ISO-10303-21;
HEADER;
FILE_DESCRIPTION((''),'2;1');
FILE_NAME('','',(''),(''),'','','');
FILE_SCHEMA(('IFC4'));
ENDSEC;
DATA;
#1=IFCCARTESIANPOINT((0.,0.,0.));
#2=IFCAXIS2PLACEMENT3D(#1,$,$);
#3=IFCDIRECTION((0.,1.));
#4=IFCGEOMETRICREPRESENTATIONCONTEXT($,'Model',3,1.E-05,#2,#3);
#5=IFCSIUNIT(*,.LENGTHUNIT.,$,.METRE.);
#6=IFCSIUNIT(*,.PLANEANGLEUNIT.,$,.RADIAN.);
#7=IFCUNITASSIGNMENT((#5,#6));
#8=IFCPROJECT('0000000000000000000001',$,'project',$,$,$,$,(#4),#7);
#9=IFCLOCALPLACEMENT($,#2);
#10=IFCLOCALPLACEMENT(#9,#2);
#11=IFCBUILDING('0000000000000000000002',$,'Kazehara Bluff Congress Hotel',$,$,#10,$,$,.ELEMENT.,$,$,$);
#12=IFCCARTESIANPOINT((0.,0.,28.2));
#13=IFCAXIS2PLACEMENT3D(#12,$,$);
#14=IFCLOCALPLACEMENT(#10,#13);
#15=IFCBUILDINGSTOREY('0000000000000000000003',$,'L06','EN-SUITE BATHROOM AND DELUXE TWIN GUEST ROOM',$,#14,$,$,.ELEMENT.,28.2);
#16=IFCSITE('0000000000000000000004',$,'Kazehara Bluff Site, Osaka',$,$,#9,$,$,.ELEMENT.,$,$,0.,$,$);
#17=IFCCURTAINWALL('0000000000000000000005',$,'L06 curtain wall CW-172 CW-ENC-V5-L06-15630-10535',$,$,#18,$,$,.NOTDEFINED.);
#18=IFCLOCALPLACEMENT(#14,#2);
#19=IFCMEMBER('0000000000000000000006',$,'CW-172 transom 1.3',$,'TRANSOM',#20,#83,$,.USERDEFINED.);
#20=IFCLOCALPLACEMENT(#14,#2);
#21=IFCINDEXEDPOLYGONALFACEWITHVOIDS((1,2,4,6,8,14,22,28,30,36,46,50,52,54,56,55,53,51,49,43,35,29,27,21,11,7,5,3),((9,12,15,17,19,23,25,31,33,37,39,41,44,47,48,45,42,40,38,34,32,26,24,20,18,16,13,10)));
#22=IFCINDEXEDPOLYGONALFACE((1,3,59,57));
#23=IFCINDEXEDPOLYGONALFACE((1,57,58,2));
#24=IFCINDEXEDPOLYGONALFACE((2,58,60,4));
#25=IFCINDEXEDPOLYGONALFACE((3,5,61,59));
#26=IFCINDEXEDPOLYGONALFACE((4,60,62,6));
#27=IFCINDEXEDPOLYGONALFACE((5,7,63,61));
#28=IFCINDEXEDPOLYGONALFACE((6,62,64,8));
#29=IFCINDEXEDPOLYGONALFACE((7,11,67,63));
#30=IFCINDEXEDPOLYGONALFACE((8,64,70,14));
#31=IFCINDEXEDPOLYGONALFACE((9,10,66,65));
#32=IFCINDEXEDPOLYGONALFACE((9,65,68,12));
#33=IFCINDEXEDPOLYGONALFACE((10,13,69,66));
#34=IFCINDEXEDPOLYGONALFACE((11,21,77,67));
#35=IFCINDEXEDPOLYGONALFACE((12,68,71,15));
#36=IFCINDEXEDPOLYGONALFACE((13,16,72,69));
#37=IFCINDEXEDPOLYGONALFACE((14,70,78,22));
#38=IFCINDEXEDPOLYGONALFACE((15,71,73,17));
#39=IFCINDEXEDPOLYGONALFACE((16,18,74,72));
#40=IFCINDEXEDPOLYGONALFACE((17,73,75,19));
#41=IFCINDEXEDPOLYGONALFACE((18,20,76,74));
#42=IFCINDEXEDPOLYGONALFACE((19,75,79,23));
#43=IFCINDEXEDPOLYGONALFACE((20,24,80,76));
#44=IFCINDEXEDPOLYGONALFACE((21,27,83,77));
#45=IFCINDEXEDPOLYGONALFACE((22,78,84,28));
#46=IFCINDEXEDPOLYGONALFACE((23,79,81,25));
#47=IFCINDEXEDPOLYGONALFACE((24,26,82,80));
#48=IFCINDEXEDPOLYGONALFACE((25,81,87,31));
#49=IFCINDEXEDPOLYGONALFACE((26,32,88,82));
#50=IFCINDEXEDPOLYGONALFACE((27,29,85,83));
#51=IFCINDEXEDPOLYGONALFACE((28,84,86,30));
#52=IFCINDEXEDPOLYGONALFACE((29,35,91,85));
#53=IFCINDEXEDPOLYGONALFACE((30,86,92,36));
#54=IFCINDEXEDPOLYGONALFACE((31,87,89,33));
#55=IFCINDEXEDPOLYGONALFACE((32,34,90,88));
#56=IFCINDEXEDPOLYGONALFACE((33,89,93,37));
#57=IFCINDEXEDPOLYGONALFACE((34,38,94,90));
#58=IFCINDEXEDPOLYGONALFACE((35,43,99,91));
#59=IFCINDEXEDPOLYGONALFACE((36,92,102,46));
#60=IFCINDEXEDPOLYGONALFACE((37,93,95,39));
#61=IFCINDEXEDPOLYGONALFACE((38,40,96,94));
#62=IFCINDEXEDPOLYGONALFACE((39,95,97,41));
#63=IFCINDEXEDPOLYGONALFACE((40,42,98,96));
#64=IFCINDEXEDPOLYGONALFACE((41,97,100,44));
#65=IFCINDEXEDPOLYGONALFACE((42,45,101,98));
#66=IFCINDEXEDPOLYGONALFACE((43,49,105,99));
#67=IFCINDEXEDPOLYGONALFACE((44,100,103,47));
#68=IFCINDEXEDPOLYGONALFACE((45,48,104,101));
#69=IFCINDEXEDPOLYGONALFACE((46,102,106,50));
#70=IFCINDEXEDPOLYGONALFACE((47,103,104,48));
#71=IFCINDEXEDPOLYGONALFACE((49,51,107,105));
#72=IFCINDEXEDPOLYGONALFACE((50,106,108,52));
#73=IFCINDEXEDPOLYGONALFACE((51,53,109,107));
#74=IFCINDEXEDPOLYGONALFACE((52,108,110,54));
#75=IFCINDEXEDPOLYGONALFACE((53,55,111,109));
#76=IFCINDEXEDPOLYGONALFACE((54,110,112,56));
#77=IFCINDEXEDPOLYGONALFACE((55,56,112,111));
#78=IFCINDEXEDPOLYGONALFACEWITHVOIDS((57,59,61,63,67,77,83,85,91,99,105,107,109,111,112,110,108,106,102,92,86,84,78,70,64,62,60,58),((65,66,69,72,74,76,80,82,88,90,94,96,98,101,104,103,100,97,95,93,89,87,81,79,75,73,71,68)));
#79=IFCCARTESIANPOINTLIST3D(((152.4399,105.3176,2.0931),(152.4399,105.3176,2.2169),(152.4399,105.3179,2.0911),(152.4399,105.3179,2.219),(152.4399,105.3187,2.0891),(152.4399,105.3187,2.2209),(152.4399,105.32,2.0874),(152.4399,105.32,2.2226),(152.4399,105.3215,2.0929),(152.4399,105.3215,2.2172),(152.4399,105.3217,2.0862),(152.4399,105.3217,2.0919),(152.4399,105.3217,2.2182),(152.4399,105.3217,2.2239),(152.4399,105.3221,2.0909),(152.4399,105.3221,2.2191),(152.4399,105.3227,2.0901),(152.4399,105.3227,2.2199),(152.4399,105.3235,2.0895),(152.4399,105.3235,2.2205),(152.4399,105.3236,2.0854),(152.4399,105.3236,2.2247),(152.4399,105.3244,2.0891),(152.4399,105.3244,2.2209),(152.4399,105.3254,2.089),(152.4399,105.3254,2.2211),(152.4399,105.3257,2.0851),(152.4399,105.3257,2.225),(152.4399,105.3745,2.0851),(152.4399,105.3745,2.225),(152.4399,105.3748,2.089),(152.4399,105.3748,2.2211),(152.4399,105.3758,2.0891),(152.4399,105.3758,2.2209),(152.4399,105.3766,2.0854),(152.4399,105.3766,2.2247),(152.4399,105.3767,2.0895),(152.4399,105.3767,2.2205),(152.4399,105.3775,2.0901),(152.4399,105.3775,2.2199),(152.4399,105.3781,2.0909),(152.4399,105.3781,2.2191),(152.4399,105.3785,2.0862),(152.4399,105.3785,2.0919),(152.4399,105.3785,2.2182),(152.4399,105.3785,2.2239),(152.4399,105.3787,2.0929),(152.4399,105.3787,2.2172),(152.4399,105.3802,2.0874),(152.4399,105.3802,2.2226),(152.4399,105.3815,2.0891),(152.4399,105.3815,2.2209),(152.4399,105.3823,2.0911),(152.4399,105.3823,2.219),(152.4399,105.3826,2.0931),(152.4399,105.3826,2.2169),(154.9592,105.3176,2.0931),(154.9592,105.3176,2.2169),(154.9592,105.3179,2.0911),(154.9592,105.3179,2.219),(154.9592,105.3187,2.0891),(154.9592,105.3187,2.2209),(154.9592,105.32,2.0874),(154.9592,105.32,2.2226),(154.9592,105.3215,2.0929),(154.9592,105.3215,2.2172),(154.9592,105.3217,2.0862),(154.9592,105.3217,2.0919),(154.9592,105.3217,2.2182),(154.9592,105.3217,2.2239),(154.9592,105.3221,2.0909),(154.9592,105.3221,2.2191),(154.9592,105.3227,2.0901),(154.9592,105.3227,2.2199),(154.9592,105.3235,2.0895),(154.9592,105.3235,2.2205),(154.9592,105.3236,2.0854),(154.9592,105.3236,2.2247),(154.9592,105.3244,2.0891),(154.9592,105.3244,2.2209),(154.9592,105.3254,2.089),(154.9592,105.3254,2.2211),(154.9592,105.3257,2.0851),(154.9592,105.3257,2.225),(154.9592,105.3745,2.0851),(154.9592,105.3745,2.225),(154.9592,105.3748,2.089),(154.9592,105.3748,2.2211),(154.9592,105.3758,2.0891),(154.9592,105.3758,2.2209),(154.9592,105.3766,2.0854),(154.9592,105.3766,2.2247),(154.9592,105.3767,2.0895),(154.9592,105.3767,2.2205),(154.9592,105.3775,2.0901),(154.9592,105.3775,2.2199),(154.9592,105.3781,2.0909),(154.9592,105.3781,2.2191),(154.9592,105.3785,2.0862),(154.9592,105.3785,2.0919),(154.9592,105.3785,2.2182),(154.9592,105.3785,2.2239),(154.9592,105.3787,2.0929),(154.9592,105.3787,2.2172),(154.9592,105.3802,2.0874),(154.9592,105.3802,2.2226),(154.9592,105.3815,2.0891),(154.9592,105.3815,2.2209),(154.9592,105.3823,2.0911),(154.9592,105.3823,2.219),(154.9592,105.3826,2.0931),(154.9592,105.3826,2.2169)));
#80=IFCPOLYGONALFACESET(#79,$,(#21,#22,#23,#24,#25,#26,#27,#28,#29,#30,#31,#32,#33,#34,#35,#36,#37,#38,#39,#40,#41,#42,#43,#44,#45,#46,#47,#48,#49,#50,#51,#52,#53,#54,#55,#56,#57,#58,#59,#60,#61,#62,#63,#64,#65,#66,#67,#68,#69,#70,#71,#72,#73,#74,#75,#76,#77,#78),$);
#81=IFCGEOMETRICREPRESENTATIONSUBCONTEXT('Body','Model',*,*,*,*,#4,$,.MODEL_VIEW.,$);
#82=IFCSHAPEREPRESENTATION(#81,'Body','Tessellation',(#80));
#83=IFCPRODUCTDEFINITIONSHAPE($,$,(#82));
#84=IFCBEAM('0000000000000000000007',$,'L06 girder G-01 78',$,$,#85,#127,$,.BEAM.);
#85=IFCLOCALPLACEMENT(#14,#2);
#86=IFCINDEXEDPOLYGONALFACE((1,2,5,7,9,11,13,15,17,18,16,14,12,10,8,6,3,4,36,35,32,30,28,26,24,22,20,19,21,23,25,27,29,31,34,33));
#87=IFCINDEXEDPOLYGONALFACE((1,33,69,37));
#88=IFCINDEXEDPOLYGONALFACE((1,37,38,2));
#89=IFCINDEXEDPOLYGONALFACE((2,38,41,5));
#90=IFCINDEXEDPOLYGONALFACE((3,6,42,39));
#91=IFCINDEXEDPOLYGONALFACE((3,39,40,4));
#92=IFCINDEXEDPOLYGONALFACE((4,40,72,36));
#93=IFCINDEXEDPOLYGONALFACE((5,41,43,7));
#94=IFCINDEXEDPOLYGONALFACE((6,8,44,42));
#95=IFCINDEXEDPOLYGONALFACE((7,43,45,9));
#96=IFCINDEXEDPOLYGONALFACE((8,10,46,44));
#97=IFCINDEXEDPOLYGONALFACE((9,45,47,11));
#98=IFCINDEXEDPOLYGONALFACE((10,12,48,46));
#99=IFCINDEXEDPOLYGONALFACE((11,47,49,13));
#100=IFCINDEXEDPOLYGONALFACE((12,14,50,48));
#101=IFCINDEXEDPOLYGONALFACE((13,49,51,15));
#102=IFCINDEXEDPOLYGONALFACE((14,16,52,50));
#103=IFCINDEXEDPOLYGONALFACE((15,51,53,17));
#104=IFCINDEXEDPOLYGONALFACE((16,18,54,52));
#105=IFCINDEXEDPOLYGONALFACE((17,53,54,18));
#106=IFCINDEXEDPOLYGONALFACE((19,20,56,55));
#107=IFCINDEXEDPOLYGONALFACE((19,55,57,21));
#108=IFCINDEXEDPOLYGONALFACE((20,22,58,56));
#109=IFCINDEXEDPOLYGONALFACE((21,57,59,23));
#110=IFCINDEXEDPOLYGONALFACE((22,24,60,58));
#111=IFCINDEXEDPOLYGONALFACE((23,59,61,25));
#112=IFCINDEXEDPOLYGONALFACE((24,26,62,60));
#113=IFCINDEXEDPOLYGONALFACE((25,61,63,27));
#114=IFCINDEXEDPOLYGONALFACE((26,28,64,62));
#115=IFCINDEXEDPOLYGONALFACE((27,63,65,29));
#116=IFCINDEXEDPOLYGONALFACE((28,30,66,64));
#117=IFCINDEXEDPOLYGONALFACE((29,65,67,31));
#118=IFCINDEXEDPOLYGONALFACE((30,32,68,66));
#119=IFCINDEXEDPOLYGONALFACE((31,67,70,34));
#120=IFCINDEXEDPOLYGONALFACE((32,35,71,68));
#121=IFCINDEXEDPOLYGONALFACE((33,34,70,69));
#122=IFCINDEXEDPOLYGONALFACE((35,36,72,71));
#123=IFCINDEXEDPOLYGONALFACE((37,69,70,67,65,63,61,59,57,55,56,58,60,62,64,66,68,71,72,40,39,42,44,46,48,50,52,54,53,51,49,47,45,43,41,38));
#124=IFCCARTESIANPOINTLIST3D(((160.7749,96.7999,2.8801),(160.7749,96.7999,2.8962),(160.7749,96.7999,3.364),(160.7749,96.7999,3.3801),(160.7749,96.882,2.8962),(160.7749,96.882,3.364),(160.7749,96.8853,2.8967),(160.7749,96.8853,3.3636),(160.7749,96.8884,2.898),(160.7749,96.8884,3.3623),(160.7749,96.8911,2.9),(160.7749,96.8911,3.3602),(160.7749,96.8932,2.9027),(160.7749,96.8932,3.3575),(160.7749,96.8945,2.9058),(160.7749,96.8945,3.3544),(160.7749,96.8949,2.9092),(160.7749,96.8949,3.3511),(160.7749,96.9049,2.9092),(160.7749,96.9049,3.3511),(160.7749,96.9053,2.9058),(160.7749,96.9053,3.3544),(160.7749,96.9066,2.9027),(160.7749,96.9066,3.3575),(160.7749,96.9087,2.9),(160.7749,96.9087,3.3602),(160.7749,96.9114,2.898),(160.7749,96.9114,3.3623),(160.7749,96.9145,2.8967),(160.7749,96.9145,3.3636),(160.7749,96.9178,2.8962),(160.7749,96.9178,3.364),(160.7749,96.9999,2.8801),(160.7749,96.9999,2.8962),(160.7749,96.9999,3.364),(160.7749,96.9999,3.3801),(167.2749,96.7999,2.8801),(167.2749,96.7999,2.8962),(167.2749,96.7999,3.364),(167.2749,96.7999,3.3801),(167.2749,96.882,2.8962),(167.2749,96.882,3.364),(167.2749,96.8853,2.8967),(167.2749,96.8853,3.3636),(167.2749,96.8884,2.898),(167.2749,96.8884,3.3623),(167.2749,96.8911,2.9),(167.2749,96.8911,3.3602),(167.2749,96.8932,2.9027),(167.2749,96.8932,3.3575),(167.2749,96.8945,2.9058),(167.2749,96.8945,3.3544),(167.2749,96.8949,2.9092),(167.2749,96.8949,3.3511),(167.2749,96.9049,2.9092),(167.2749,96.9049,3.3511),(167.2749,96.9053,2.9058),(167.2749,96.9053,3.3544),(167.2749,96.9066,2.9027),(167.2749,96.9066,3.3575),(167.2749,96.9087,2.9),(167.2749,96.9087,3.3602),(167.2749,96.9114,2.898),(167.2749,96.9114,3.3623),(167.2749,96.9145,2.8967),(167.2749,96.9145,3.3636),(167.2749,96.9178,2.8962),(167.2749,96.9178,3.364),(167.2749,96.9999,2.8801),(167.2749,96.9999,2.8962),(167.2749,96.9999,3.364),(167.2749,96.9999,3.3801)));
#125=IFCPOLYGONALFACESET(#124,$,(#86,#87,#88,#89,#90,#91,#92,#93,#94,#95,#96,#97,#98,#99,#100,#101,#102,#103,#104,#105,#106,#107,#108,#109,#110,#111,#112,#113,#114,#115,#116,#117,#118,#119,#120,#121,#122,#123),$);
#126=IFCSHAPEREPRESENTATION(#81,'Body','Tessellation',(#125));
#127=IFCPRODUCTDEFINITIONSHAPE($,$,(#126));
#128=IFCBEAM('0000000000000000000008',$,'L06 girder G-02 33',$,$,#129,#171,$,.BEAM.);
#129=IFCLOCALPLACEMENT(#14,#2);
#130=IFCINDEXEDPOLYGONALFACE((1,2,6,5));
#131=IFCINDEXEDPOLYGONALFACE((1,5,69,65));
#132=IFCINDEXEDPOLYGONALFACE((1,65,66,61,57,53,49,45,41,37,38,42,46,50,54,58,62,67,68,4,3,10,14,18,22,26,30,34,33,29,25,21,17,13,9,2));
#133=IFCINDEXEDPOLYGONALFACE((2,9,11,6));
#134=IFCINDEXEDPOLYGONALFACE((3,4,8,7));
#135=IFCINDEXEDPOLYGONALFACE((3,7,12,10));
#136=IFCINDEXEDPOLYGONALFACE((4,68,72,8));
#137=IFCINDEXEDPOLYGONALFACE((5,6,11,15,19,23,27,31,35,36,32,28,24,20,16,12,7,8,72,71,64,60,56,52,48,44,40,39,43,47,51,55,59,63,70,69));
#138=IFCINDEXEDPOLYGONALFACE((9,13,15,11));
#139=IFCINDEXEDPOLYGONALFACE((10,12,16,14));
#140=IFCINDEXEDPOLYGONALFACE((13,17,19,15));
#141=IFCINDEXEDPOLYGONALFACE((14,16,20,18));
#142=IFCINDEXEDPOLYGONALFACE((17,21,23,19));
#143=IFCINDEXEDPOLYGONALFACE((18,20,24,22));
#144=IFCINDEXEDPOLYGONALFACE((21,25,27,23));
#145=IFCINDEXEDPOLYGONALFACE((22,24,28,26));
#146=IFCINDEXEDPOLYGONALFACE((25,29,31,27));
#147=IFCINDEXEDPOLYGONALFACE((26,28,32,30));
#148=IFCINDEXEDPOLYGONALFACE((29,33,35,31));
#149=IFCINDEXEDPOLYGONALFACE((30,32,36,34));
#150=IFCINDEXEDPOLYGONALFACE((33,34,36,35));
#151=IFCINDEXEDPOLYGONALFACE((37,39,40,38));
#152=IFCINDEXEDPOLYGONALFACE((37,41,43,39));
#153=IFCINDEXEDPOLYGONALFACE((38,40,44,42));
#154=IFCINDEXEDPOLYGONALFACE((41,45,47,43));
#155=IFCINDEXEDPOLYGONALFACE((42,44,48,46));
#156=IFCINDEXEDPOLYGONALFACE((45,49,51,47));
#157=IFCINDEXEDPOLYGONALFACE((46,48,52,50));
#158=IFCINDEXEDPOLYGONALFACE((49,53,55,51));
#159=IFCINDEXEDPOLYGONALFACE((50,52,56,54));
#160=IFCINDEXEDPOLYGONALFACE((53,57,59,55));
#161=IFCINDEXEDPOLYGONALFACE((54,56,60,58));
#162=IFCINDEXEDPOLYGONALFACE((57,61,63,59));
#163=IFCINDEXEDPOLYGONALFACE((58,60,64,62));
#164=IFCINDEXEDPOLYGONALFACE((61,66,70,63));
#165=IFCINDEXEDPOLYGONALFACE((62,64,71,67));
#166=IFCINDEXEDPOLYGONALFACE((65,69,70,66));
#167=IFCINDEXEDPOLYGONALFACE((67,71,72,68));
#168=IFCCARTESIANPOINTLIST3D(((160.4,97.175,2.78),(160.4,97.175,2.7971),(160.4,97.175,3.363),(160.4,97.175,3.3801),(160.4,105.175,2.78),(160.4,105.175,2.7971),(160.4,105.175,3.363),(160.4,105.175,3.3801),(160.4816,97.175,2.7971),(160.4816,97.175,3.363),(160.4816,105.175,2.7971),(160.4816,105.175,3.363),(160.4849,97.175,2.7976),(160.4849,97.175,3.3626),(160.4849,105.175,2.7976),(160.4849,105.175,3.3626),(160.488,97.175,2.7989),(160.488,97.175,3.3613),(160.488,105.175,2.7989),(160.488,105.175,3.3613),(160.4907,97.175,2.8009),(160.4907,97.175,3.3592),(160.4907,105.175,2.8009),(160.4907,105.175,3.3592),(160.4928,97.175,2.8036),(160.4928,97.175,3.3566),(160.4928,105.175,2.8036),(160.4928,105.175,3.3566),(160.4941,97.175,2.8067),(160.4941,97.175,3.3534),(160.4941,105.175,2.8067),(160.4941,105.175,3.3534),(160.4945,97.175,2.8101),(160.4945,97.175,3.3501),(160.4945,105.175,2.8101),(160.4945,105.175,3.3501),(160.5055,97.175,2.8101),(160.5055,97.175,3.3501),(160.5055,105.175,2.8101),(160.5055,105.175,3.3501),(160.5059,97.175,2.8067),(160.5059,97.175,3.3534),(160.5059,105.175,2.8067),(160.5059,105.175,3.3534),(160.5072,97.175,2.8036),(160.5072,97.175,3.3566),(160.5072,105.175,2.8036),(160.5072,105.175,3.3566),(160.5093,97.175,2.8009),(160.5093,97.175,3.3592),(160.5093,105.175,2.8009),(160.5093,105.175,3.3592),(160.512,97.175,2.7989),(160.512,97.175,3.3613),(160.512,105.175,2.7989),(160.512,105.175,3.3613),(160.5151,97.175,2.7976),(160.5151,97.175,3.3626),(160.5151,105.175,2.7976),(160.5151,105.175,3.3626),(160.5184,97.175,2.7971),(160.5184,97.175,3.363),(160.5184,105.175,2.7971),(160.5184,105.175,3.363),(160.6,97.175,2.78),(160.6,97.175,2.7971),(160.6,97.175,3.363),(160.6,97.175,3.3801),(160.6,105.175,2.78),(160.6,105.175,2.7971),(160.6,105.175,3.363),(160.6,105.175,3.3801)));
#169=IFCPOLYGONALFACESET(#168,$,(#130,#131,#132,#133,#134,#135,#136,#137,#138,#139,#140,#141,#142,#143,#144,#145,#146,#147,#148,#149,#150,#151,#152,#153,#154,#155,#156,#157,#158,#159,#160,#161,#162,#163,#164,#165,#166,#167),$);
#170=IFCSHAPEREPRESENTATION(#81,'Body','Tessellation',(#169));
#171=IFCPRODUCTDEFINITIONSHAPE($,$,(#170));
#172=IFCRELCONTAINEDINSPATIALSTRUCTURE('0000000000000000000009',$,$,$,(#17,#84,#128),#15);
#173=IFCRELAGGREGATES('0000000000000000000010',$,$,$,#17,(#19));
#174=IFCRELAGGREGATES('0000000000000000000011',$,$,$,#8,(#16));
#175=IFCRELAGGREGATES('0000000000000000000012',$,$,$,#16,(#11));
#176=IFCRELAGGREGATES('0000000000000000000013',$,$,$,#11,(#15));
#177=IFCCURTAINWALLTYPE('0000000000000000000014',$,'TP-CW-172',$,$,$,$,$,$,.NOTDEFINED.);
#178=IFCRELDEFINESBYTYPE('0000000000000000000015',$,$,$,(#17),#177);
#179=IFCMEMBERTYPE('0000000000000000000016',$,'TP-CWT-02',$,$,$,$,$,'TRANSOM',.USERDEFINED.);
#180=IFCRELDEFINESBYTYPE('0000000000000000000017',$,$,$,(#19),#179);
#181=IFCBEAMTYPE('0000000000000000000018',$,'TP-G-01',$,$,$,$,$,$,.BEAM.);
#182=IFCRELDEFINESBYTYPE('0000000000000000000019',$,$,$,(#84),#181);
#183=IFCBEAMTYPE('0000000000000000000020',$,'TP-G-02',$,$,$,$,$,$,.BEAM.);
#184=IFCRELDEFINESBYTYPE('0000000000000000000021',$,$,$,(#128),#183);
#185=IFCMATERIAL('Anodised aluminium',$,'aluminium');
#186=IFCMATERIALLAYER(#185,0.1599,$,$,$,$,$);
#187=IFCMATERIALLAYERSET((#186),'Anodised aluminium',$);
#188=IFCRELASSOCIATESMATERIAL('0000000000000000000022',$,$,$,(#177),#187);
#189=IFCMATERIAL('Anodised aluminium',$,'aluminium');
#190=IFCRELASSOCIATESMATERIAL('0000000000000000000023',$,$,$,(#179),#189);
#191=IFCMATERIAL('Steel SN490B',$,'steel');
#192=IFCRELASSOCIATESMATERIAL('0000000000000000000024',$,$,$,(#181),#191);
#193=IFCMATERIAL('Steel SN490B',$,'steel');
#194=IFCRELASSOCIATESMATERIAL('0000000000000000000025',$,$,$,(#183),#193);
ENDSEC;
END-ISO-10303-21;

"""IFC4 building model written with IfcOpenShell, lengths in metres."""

from ifc_helpers import new_model, si_unit, direction, frame, origin, origin_2d, place, context, subcontext, project, spatial, hollow_rectangle, i_section, extrude, material, layer, layer_set, material_profile, profile_set, type_object, element, aggregate, save


model = new_model("IFC4")

# Units and contexts
model_context = context("Model", 3, precision=1e-05, world=origin(), true_north=direction((0.0, 1.0)))
body_context = subcontext(model_context, "Body", "Model", "MODEL_VIEW")
ifc_project = project(units=[si_unit("LENGTHUNIT", "METRE"), si_unit("PLANEANGLEUNIT", "RADIAN")], contexts=[model_context])

# Site, building, storey
site_placement = place(None, origin())
site = spatial("IfcSite", under=ifc_project, at=site_placement, Name="Kazehara Bluff Site, Osaka", CompositionType="ELEMENT", RefElevation=0.0)
building_placement = place(site_placement, origin())
building = spatial("IfcBuilding", under=site, at=building_placement, Name="Kazehara Bluff Congress Hotel", CompositionType="ELEMENT")
storey_placement = place(building_placement, frame((0.0, 0.0, 28.2)))
storey = spatial("IfcBuildingStorey", under=building, at=storey_placement, Name="L06", Description="EN-SUITE BATHROOM AND DELUXE TWIN GUEST ROOM", CompositionType="ELEMENT", Elevation=28.2)

# Curtain wall, member
ifc_material_1 = material(Name="Anodised aluminium", Category="aluminium")
ifc_layer_1 = layer(ifc_material_1, 0.1599)
ifc_layer_set_1 = layer_set([ifc_layer_1], Name="Anodised aluminium")
curtain_wall_type = type_object("IfcCurtainWallType", Name="TP-CW-172", PredefinedType="NOTDEFINED", material=ifc_layer_set_1)
curtain_wall_placement = place(storey_placement, origin())
curtain_wall = element("IfcCurtainWall", 1, at=curtain_wall_placement, inside=storey, type_object=curtain_wall_type, Name="L06 curtain wall CW-172 CW-ENC-V5-L06-15630-10535", PredefinedType="NOTDEFINED")
ifc_material_2 = material(Name="Anodised aluminium", Category="aluminium")
ifc_material_profile_1 = material_profile(ifc_material_2, hollow_rectangle(XDim=0.0649, YDim=0.1399, WallThickness=0.0039, InnerFilletRadius=0.0039, OuterFilletRadius=0.0081, at=origin_2d()))
ifc_profile_set_1 = profile_set([ifc_material_profile_1], Name="Anodised aluminium")
member_type_1 = type_object("IfcMemberType", Name="TP-CWT-02", ElementType="TRANSOM", PredefinedType="USERDEFINED", material=ifc_profile_set_1)
member_1_placement = place(storey_placement, frame((152.4399, 105.3501, 2.155), z_axis=(1.0, 0.0, 0.0), x_axis=(0.0, 1.0, 0.0)))
member_1 = element("IfcMember", 2, at=member_1_placement, type_object=member_type_1, Name="CW-172 transom 1.3", ObjectType="TRANSOM", PredefinedType="USERDEFINED", context=body_context, shape_type="SweptSolid", body=[
    extrude(hollow_rectangle(XDim=0.0649, YDim=0.1399, WallThickness=0.0039, InnerFilletRadius=0.0039, OuterFilletRadius=0.0081, at=origin_2d()), origin(), (0.0, 0.0, 1.0), 2.5193),
])
aggregate(curtain_wall, [member_1])

# Beams
ifc_material_3 = material(Name="Steel SN490B", Category="steel")
ifc_material_profile_2 = material_profile(ifc_material_3, i_section(OverallWidth=0.2, OverallDepth=0.5, WebThickness=0.01, FlangeThickness=0.0161, FilletRadius=0.0129, at=origin_2d()))
ifc_profile_set_2 = profile_set([ifc_material_profile_2], Name="Steel SN490B")
beam_type_1 = type_object("IfcBeamType", Name="TP-G-01", PredefinedType="BEAM", material=ifc_profile_set_2)
beam_1_placement = place(storey_placement, frame((160.7749, 96.8999, 3.1301), z_axis=(1.0, 0.0, 0.0), x_axis=(0.0, 1.0, 0.0)))
element("IfcBeam", 3, at=beam_1_placement, inside=storey, type_object=beam_type_1, Name="L06 girder G-01 78", PredefinedType="BEAM", context=body_context, shape_type="SweptSolid", body=[
    extrude(i_section(OverallWidth=0.2, OverallDepth=0.5, WebThickness=0.01, FlangeThickness=0.0161, FilletRadius=0.0129, at=origin_2d()), origin(), (0.0, 0.0, 1.0), 6.5),
])
ifc_material_4 = material(Name="Steel SN490B", Category="steel")
ifc_material_profile_3 = material_profile(ifc_material_4, i_section(OverallWidth=0.2, OverallDepth=0.6001, WebThickness=0.011, FlangeThickness=0.0171, FilletRadius=0.0129, at=origin_2d()))
ifc_profile_set_3 = profile_set([ifc_material_profile_3], Name="Steel SN490B")
beam_type_2 = type_object("IfcBeamType", Name="TP-G-02", PredefinedType="BEAM", material=ifc_profile_set_3)
for number, where, z_axis, x_axis, name in (
    (4, (160.5, 97.175, 3.0801), (0.0, 1.0, 0.0), (-1.0, 0.0, 0.0), "L06 girder G-02 33"),
):
    element("IfcBeam", number, at=place(storey_placement, frame(where, z_axis=z_axis, x_axis=x_axis)), inside=storey, type_object=beam_type_2, Name=name, PredefinedType="BEAM", context=body_context, shape_type="SweptSolid", body=[
        extrude(i_section(OverallWidth=0.2, OverallDepth=0.6001, WebThickness=0.011, FlangeThickness=0.0171, FilletRadius=0.0129, at=origin_2d()), origin(), (0.0, 0.0, 1.0), 8.0),
    ])

save(model, "model.ifc")
